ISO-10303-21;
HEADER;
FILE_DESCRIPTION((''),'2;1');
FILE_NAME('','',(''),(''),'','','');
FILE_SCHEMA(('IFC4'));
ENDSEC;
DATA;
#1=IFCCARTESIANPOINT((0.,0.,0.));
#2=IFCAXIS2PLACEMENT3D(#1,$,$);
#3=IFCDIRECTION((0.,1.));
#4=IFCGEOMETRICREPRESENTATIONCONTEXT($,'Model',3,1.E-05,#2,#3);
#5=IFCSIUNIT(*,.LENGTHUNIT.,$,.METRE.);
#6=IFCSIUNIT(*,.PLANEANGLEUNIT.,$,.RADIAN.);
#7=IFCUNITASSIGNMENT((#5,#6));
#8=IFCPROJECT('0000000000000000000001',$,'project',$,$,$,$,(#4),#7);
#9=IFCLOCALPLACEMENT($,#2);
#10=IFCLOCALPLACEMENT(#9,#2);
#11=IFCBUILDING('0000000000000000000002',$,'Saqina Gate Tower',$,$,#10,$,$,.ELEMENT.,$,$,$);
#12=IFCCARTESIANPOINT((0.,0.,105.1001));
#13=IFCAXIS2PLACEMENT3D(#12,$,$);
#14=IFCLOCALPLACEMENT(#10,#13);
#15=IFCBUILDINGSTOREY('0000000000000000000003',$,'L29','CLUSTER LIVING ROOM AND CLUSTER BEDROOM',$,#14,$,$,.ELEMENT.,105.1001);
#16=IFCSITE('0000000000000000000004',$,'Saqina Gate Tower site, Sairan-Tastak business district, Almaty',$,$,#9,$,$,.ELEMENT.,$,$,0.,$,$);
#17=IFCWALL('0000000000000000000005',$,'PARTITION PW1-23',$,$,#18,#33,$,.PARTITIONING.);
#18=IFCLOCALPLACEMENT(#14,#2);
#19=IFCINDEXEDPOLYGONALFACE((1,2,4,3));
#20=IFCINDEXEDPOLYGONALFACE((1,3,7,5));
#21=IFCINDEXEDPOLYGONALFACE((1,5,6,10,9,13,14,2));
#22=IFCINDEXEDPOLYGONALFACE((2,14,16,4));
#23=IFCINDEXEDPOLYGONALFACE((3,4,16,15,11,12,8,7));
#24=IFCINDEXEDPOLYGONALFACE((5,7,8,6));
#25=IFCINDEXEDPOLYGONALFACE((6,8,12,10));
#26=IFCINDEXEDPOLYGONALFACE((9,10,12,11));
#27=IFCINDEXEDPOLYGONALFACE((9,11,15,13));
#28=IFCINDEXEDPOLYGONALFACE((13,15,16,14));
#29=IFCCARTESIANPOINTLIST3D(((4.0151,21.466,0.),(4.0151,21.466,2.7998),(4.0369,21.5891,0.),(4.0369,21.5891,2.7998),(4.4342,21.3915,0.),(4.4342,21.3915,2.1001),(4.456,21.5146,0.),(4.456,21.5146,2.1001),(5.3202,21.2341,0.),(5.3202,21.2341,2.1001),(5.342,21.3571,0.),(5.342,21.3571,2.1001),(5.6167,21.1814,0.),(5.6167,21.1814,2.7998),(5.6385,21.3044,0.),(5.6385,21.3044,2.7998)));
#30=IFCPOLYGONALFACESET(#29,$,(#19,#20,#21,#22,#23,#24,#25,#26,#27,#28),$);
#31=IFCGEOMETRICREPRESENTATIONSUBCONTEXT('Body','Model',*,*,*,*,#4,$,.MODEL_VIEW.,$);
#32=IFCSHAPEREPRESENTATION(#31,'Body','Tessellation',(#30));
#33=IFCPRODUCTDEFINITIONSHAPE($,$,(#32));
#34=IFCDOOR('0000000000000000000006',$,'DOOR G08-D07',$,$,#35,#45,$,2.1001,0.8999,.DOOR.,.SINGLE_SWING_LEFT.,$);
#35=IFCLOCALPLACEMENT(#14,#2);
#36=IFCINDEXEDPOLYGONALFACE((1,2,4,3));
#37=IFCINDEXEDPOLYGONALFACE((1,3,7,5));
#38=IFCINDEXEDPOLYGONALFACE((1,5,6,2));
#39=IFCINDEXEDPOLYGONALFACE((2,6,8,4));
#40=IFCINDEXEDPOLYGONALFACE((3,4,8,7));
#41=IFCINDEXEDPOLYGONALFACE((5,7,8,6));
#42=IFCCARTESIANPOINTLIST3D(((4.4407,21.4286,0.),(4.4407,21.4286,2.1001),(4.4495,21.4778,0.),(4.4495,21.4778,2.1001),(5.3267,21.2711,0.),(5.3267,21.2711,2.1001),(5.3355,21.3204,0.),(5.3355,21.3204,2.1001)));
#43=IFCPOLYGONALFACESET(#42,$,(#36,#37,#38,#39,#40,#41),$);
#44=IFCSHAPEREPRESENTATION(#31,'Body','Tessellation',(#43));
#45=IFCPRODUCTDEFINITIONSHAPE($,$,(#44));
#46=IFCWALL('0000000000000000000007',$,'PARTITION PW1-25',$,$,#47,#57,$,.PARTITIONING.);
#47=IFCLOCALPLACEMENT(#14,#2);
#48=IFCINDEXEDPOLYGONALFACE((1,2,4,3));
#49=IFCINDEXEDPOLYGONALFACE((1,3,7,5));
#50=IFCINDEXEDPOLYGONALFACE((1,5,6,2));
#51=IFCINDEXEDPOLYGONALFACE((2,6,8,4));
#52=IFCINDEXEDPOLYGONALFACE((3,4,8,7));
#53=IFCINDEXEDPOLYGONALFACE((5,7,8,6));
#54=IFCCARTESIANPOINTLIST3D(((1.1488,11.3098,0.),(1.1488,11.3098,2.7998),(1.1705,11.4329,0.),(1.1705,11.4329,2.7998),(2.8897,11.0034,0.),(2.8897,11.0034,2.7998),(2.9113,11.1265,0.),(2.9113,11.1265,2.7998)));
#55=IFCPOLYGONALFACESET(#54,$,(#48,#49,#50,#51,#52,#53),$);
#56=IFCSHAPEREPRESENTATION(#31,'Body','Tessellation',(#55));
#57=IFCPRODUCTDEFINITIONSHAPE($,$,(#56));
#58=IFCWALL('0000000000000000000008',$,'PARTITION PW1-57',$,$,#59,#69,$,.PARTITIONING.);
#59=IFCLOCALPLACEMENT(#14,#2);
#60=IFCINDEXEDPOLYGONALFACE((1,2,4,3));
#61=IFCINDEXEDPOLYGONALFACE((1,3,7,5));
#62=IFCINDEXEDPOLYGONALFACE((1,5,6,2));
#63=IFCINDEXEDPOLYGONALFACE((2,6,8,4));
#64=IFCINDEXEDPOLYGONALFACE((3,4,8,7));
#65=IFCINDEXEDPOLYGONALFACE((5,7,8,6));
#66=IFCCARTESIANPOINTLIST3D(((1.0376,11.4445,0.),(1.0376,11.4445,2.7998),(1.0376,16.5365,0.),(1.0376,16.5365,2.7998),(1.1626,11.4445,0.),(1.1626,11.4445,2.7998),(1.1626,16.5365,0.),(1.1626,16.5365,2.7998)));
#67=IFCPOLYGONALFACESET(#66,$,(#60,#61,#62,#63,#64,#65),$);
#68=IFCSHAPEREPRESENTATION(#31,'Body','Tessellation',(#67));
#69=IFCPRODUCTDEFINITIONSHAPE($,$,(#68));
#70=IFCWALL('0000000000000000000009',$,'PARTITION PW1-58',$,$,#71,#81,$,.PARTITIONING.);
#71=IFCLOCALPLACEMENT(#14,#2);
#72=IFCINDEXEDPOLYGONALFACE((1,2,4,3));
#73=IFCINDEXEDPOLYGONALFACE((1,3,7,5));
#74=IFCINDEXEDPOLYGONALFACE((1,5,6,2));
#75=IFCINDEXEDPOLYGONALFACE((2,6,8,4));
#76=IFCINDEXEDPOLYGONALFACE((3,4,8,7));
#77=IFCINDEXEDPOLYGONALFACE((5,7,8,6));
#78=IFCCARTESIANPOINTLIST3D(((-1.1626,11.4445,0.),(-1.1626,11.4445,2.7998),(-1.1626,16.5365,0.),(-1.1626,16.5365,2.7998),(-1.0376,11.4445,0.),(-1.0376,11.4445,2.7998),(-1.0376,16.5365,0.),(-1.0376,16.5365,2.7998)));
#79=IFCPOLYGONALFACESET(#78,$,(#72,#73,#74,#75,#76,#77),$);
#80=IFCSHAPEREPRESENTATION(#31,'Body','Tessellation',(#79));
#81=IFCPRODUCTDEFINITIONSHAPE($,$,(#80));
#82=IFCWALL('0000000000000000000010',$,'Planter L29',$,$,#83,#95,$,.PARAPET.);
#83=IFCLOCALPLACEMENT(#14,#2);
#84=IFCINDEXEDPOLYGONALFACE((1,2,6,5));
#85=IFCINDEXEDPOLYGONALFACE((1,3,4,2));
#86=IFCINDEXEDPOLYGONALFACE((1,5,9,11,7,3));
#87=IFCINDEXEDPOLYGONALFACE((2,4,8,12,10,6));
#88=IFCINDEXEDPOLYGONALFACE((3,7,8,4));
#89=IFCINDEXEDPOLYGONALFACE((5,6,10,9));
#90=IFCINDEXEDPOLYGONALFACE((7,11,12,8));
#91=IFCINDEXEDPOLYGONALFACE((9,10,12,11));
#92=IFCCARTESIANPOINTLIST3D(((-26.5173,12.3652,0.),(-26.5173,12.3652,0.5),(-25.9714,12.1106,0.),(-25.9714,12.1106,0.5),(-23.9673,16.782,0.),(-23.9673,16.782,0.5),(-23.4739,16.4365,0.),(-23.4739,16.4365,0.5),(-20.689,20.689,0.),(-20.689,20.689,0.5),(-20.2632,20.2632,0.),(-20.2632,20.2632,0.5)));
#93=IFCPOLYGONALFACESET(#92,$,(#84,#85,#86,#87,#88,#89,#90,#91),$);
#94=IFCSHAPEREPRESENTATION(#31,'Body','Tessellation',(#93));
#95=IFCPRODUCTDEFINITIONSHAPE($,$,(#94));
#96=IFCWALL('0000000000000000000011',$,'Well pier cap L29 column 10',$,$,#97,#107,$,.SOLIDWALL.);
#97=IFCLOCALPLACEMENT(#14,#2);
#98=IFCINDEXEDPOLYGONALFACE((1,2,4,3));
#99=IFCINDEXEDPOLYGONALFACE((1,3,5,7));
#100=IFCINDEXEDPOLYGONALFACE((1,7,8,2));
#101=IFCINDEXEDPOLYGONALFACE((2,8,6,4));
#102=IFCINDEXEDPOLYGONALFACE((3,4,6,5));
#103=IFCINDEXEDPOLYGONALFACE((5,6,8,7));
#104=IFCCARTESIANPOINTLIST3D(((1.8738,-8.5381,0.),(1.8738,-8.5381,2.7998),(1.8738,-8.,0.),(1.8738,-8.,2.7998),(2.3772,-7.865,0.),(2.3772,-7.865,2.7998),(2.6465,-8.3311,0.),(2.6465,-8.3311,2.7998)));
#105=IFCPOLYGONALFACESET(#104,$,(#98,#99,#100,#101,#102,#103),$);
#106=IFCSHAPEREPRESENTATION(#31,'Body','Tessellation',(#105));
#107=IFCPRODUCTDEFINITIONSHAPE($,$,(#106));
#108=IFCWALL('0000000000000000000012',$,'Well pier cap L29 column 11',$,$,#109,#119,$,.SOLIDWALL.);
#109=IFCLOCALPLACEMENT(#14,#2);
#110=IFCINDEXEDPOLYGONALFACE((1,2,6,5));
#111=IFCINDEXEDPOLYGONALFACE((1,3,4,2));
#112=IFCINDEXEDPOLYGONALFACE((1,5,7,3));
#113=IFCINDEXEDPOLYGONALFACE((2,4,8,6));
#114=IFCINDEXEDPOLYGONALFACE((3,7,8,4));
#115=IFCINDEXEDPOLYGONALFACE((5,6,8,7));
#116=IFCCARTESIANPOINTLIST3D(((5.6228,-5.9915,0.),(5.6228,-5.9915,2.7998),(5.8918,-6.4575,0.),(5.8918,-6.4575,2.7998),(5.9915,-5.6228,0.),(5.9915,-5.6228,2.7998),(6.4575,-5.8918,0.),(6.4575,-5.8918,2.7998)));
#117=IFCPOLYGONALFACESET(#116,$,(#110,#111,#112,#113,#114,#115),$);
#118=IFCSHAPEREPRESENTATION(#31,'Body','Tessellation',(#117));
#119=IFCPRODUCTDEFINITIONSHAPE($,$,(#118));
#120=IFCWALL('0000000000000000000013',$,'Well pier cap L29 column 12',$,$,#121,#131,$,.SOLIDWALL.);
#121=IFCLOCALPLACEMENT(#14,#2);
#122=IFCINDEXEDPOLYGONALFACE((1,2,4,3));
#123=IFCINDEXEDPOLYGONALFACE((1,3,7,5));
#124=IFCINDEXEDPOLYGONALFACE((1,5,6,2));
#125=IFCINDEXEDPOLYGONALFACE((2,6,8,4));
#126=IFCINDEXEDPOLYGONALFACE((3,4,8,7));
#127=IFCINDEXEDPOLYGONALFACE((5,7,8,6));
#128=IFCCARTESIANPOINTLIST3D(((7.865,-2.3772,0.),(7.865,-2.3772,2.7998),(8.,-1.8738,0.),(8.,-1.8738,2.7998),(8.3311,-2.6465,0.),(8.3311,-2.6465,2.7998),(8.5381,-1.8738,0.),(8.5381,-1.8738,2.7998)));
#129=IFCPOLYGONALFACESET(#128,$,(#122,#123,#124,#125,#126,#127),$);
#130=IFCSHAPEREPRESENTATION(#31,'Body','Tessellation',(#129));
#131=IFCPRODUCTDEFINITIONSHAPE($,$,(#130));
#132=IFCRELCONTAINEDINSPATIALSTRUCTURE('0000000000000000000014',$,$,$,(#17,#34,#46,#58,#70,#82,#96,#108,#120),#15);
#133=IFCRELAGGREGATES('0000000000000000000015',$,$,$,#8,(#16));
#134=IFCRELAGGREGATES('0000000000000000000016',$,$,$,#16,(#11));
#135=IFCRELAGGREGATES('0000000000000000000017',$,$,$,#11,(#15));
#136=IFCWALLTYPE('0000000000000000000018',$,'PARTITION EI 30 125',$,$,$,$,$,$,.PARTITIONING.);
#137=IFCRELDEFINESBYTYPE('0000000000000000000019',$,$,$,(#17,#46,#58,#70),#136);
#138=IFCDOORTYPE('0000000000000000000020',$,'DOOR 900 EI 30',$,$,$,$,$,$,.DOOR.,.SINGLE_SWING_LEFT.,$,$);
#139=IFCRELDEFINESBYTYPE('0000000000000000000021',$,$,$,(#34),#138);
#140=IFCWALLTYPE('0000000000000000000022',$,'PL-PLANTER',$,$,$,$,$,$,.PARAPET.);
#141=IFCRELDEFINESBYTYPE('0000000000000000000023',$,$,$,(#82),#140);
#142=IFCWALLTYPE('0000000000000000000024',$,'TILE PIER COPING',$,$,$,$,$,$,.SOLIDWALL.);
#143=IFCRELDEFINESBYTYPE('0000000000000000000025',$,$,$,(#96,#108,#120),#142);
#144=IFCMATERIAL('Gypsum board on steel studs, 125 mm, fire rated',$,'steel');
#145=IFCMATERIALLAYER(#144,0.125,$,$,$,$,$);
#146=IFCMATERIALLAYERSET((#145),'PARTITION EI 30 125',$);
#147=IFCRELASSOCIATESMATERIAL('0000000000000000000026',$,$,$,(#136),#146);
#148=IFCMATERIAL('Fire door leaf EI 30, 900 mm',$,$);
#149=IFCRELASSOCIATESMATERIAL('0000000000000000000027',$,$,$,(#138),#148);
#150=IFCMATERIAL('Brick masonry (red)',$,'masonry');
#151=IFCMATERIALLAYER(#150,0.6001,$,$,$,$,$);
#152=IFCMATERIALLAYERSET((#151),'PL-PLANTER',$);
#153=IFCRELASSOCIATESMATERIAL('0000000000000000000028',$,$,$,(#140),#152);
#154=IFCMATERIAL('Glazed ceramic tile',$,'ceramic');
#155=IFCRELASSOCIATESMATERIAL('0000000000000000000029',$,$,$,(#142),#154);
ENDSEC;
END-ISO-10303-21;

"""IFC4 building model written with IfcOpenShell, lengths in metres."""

from ifc_helpers import new_model, si_unit, direction, frame, frame_2d, origin, place, context, subcontext, project, spatial, polyline, rectangle, outline, extrude, material, layer, layer_set, type_object, element, fill, save


model = new_model("IFC4")

# Units and contexts
model_context = context("Model", 3, precision=1e-05, world=origin(), true_north=direction((0.0, 1.0)))
body_context = subcontext(model_context, "Body", "Model", "MODEL_VIEW")
ifc_project = project(units=[si_unit("LENGTHUNIT", "METRE"), si_unit("PLANEANGLEUNIT", "RADIAN")], contexts=[model_context])

# Site, building, storey
site_placement = place(None, origin())
site = spatial("IfcSite", under=ifc_project, at=site_placement, Name="Saqina Gate Tower site, Sairan-Tastak business district, Almaty", CompositionType="ELEMENT", RefElevation=0.0)
building_placement = place(site_placement, origin())
building = spatial("IfcBuilding", under=site, at=building_placement, Name="Saqina Gate Tower", CompositionType="ELEMENT")
storey_placement = place(building_placement, frame((0.0, 0.0, 105.1001)))
storey = spatial("IfcBuildingStorey", under=building, at=storey_placement, Name="L29", Description="CLUSTER LIVING ROOM AND CLUSTER BEDROOM", CompositionType="ELEMENT", Elevation=105.1001)

# Shared definitions
ifc_material_1 = material(Name="Gypsum board on steel studs, 125 mm, fire rated", Category="steel")
ifc_layer_1 = layer(ifc_material_1, 0.125)
ifc_layer_set_1 = layer_set([ifc_layer_1], Name="PARTITION EI 30 125")
wall_type_1 = type_object("IfcWallType", Name="PARTITION EI 30 125", PredefinedType="PARTITIONING", material=ifc_layer_set_1)

# Wall, opening, door
ifc_material_2 = material(Name="Fire door leaf EI 30, 900 mm")
door_type_1 = type_object("IfcDoorType", Name="DOOR 900 EI 30", OperationType="SINGLE_SWING_LEFT", PredefinedType="DOOR", material=ifc_material_2)
wall_1_placement = place(storey_placement, frame((4.0259, 21.5276, 0.0), z_axis=(0.0, 0.0, 1.0), x_axis=(0.984568, -0.175001, 0.0)))
wall_1 = element("IfcWall", 1, at=wall_1_placement, inside=storey, type_object=wall_type_1, Name="PARTITION PW1-23", PredefinedType="PARTITIONING", context=body_context, shape_type="SweptSolid", body=[
    extrude(rectangle(XDim=1.6267, YDim=0.125, at=frame_2d((0.8135, 0.0))), origin(), (0.0, 0.0, 1.0), 2.7998),
])
opening_1_placement = place(wall_1_placement, frame((0.4258, 0.0, 0.0)))
opening_1 = element("IfcOpeningElement", 2, at=opening_1_placement, cuts=wall_1, PredefinedType="OPENING", context=body_context, shape_type="SweptSolid", body=[
    extrude(rectangle(XDim=0.8999, YDim=2.1001, at=frame_2d((0.45, 1.05))), frame((0.0, 0.0745, 0.0), z_axis=(0.0, -1.0, 0.0), x_axis=(1.0, 0.0, 0.0)), (0.0, 0.0, 1.0), 0.1489),
])
door_1_placement = place(opening_1_placement, frame((0.8999, 0.0, 0.0), z_axis=(0.0, 0.0, 1.0), x_axis=(-1.0, 0.0, 0.0)))
door_1 = element("IfcDoor", 3, at=door_1_placement, inside=storey, type_object=door_type_1, Name="DOOR G08-D07", OperationType="SINGLE_SWING_LEFT", OverallHeight=2.1001, OverallWidth=0.8999, PredefinedType="DOOR", context=body_context, shape_type="SweptSolid", body=[
    extrude(rectangle(XDim=0.8999, YDim=2.1001, at=frame_2d((0.45, 1.05))), frame((0.0, 0.0249, 0.0), z_axis=(0.0, -1.0, 0.0), x_axis=(1.0, 0.0, 0.0)), (0.0, 0.0, 1.0), 0.05),
])
fill(opening_1, door_1)

# Walls
wall_2_placement = place(storey_placement, frame((1.1597, 11.3713, 0.0), z_axis=(0.0, 0.0, 1.0), x_axis=(0.98486, -0.173352, 0.0)))
element("IfcWall", 4, at=wall_2_placement, inside=storey, type_object=wall_type_1, Name="PARTITION PW1-25", PredefinedType="PARTITIONING", context=body_context, shape_type="SweptSolid", body=[
    extrude(rectangle(XDim=1.7676, YDim=0.125, at=frame_2d((0.8838, 0.0))), origin(), (0.0, 0.0, 1.0), 2.7998),
])
for number, where, z_axis, x_axis, name in (
    (5, (1.1001, 11.4446, 0.0), (0.0, 0.0, 1.0), (0.0, 1.0, 0.0), "PARTITION PW1-57"),
    (6, (-1.1001, 11.4446, 0.0), (0.0, 0.0, 1.0), (0.0, 1.0, 0.0), "PARTITION PW1-58"),
):
    element("IfcWall", number, at=place(storey_placement, frame(where, z_axis=z_axis, x_axis=x_axis)), inside=storey, type_object=wall_type_1, Name=name, PredefinedType="PARTITIONING", context=body_context, shape_type="SweptSolid", body=[
        extrude(rectangle(XDim=5.092, YDim=0.125, at=frame_2d((2.5459, 0.0))), origin(), (0.0, 0.0, 1.0), 2.7998),
    ])
ifc_material_3 = material(Name="Brick masonry (red)", Category="masonry")
ifc_layer_2 = layer(ifc_material_3, 0.6001)
ifc_layer_set_2 = layer_set([ifc_layer_2], Name="PL-PLANTER")
wall_type_2 = type_object("IfcWallType", Name="PL-PLANTER", PredefinedType="PARAPET", material=ifc_layer_set_2)
wall_3_placement = place(storey_placement, origin())
element("IfcWall", 7, at=wall_3_placement, inside=storey, type_object=wall_type_2, Name="Planter L29", PredefinedType="PARAPET", context=body_context, shape_type="SweptSolid", body=[
    extrude(outline(polyline([(-20.689, 20.689), (-23.9673, 16.782), (-26.5173, 12.3652), (-25.9714, 12.1106), (-23.4739, 16.4365), (-20.2632, 20.2632), (-20.689, 20.689)])), origin(), (0.0, 0.0, 1.0), 0.5),
])
ifc_material_4 = material(Name="Glazed ceramic tile", Category="ceramic")
wall_type_3 = type_object("IfcWallType", Name="TILE PIER COPING", PredefinedType="SOLIDWALL", material=ifc_material_4)
wall_4_placement = place(storey_placement, origin())
element("IfcWall", 8, at=wall_4_placement, inside=storey, type_object=wall_type_3, Name="Well pier cap L29 column 10", PredefinedType="SOLIDWALL", context=body_context, shape_type="SweptSolid", body=[
    extrude(outline(polyline([(2.6465, -8.3311), (2.3772, -7.865), (1.8738, -8.0), (1.8738, -8.5381), (2.6465, -8.3311)])), origin(), (0.0, 0.0, 1.0), 2.7998),
])
wall_5_placement = place(storey_placement, origin())
element("IfcWall", 9, at=wall_5_placement, inside=storey, type_object=wall_type_3, Name="Well pier cap L29 column 11", PredefinedType="SOLIDWALL", context=body_context, shape_type="SweptSolid", body=[
    extrude(outline(polyline([(5.8918, -6.4575), (6.4575, -5.8918), (5.9915, -5.6228), (5.6228, -5.9915), (5.8918, -6.4575)])), origin(), (0.0, 0.0, 1.0), 2.7998),
])
wall_6_placement = place(storey_placement, origin())
element("IfcWall", 10, at=wall_6_placement, inside=storey, type_object=wall_type_3, Name="Well pier cap L29 column 12", PredefinedType="SOLIDWALL", context=body_context, shape_type="SweptSolid", body=[
    extrude(outline(polyline([(8.5381, -1.8738), (8.0, -1.8738), (7.865, -2.3772), (8.3311, -2.6465), (8.5381, -1.8738)])), origin(), (0.0, 0.0, 1.0), 2.7998),
])

save(model, "model.ifc")
